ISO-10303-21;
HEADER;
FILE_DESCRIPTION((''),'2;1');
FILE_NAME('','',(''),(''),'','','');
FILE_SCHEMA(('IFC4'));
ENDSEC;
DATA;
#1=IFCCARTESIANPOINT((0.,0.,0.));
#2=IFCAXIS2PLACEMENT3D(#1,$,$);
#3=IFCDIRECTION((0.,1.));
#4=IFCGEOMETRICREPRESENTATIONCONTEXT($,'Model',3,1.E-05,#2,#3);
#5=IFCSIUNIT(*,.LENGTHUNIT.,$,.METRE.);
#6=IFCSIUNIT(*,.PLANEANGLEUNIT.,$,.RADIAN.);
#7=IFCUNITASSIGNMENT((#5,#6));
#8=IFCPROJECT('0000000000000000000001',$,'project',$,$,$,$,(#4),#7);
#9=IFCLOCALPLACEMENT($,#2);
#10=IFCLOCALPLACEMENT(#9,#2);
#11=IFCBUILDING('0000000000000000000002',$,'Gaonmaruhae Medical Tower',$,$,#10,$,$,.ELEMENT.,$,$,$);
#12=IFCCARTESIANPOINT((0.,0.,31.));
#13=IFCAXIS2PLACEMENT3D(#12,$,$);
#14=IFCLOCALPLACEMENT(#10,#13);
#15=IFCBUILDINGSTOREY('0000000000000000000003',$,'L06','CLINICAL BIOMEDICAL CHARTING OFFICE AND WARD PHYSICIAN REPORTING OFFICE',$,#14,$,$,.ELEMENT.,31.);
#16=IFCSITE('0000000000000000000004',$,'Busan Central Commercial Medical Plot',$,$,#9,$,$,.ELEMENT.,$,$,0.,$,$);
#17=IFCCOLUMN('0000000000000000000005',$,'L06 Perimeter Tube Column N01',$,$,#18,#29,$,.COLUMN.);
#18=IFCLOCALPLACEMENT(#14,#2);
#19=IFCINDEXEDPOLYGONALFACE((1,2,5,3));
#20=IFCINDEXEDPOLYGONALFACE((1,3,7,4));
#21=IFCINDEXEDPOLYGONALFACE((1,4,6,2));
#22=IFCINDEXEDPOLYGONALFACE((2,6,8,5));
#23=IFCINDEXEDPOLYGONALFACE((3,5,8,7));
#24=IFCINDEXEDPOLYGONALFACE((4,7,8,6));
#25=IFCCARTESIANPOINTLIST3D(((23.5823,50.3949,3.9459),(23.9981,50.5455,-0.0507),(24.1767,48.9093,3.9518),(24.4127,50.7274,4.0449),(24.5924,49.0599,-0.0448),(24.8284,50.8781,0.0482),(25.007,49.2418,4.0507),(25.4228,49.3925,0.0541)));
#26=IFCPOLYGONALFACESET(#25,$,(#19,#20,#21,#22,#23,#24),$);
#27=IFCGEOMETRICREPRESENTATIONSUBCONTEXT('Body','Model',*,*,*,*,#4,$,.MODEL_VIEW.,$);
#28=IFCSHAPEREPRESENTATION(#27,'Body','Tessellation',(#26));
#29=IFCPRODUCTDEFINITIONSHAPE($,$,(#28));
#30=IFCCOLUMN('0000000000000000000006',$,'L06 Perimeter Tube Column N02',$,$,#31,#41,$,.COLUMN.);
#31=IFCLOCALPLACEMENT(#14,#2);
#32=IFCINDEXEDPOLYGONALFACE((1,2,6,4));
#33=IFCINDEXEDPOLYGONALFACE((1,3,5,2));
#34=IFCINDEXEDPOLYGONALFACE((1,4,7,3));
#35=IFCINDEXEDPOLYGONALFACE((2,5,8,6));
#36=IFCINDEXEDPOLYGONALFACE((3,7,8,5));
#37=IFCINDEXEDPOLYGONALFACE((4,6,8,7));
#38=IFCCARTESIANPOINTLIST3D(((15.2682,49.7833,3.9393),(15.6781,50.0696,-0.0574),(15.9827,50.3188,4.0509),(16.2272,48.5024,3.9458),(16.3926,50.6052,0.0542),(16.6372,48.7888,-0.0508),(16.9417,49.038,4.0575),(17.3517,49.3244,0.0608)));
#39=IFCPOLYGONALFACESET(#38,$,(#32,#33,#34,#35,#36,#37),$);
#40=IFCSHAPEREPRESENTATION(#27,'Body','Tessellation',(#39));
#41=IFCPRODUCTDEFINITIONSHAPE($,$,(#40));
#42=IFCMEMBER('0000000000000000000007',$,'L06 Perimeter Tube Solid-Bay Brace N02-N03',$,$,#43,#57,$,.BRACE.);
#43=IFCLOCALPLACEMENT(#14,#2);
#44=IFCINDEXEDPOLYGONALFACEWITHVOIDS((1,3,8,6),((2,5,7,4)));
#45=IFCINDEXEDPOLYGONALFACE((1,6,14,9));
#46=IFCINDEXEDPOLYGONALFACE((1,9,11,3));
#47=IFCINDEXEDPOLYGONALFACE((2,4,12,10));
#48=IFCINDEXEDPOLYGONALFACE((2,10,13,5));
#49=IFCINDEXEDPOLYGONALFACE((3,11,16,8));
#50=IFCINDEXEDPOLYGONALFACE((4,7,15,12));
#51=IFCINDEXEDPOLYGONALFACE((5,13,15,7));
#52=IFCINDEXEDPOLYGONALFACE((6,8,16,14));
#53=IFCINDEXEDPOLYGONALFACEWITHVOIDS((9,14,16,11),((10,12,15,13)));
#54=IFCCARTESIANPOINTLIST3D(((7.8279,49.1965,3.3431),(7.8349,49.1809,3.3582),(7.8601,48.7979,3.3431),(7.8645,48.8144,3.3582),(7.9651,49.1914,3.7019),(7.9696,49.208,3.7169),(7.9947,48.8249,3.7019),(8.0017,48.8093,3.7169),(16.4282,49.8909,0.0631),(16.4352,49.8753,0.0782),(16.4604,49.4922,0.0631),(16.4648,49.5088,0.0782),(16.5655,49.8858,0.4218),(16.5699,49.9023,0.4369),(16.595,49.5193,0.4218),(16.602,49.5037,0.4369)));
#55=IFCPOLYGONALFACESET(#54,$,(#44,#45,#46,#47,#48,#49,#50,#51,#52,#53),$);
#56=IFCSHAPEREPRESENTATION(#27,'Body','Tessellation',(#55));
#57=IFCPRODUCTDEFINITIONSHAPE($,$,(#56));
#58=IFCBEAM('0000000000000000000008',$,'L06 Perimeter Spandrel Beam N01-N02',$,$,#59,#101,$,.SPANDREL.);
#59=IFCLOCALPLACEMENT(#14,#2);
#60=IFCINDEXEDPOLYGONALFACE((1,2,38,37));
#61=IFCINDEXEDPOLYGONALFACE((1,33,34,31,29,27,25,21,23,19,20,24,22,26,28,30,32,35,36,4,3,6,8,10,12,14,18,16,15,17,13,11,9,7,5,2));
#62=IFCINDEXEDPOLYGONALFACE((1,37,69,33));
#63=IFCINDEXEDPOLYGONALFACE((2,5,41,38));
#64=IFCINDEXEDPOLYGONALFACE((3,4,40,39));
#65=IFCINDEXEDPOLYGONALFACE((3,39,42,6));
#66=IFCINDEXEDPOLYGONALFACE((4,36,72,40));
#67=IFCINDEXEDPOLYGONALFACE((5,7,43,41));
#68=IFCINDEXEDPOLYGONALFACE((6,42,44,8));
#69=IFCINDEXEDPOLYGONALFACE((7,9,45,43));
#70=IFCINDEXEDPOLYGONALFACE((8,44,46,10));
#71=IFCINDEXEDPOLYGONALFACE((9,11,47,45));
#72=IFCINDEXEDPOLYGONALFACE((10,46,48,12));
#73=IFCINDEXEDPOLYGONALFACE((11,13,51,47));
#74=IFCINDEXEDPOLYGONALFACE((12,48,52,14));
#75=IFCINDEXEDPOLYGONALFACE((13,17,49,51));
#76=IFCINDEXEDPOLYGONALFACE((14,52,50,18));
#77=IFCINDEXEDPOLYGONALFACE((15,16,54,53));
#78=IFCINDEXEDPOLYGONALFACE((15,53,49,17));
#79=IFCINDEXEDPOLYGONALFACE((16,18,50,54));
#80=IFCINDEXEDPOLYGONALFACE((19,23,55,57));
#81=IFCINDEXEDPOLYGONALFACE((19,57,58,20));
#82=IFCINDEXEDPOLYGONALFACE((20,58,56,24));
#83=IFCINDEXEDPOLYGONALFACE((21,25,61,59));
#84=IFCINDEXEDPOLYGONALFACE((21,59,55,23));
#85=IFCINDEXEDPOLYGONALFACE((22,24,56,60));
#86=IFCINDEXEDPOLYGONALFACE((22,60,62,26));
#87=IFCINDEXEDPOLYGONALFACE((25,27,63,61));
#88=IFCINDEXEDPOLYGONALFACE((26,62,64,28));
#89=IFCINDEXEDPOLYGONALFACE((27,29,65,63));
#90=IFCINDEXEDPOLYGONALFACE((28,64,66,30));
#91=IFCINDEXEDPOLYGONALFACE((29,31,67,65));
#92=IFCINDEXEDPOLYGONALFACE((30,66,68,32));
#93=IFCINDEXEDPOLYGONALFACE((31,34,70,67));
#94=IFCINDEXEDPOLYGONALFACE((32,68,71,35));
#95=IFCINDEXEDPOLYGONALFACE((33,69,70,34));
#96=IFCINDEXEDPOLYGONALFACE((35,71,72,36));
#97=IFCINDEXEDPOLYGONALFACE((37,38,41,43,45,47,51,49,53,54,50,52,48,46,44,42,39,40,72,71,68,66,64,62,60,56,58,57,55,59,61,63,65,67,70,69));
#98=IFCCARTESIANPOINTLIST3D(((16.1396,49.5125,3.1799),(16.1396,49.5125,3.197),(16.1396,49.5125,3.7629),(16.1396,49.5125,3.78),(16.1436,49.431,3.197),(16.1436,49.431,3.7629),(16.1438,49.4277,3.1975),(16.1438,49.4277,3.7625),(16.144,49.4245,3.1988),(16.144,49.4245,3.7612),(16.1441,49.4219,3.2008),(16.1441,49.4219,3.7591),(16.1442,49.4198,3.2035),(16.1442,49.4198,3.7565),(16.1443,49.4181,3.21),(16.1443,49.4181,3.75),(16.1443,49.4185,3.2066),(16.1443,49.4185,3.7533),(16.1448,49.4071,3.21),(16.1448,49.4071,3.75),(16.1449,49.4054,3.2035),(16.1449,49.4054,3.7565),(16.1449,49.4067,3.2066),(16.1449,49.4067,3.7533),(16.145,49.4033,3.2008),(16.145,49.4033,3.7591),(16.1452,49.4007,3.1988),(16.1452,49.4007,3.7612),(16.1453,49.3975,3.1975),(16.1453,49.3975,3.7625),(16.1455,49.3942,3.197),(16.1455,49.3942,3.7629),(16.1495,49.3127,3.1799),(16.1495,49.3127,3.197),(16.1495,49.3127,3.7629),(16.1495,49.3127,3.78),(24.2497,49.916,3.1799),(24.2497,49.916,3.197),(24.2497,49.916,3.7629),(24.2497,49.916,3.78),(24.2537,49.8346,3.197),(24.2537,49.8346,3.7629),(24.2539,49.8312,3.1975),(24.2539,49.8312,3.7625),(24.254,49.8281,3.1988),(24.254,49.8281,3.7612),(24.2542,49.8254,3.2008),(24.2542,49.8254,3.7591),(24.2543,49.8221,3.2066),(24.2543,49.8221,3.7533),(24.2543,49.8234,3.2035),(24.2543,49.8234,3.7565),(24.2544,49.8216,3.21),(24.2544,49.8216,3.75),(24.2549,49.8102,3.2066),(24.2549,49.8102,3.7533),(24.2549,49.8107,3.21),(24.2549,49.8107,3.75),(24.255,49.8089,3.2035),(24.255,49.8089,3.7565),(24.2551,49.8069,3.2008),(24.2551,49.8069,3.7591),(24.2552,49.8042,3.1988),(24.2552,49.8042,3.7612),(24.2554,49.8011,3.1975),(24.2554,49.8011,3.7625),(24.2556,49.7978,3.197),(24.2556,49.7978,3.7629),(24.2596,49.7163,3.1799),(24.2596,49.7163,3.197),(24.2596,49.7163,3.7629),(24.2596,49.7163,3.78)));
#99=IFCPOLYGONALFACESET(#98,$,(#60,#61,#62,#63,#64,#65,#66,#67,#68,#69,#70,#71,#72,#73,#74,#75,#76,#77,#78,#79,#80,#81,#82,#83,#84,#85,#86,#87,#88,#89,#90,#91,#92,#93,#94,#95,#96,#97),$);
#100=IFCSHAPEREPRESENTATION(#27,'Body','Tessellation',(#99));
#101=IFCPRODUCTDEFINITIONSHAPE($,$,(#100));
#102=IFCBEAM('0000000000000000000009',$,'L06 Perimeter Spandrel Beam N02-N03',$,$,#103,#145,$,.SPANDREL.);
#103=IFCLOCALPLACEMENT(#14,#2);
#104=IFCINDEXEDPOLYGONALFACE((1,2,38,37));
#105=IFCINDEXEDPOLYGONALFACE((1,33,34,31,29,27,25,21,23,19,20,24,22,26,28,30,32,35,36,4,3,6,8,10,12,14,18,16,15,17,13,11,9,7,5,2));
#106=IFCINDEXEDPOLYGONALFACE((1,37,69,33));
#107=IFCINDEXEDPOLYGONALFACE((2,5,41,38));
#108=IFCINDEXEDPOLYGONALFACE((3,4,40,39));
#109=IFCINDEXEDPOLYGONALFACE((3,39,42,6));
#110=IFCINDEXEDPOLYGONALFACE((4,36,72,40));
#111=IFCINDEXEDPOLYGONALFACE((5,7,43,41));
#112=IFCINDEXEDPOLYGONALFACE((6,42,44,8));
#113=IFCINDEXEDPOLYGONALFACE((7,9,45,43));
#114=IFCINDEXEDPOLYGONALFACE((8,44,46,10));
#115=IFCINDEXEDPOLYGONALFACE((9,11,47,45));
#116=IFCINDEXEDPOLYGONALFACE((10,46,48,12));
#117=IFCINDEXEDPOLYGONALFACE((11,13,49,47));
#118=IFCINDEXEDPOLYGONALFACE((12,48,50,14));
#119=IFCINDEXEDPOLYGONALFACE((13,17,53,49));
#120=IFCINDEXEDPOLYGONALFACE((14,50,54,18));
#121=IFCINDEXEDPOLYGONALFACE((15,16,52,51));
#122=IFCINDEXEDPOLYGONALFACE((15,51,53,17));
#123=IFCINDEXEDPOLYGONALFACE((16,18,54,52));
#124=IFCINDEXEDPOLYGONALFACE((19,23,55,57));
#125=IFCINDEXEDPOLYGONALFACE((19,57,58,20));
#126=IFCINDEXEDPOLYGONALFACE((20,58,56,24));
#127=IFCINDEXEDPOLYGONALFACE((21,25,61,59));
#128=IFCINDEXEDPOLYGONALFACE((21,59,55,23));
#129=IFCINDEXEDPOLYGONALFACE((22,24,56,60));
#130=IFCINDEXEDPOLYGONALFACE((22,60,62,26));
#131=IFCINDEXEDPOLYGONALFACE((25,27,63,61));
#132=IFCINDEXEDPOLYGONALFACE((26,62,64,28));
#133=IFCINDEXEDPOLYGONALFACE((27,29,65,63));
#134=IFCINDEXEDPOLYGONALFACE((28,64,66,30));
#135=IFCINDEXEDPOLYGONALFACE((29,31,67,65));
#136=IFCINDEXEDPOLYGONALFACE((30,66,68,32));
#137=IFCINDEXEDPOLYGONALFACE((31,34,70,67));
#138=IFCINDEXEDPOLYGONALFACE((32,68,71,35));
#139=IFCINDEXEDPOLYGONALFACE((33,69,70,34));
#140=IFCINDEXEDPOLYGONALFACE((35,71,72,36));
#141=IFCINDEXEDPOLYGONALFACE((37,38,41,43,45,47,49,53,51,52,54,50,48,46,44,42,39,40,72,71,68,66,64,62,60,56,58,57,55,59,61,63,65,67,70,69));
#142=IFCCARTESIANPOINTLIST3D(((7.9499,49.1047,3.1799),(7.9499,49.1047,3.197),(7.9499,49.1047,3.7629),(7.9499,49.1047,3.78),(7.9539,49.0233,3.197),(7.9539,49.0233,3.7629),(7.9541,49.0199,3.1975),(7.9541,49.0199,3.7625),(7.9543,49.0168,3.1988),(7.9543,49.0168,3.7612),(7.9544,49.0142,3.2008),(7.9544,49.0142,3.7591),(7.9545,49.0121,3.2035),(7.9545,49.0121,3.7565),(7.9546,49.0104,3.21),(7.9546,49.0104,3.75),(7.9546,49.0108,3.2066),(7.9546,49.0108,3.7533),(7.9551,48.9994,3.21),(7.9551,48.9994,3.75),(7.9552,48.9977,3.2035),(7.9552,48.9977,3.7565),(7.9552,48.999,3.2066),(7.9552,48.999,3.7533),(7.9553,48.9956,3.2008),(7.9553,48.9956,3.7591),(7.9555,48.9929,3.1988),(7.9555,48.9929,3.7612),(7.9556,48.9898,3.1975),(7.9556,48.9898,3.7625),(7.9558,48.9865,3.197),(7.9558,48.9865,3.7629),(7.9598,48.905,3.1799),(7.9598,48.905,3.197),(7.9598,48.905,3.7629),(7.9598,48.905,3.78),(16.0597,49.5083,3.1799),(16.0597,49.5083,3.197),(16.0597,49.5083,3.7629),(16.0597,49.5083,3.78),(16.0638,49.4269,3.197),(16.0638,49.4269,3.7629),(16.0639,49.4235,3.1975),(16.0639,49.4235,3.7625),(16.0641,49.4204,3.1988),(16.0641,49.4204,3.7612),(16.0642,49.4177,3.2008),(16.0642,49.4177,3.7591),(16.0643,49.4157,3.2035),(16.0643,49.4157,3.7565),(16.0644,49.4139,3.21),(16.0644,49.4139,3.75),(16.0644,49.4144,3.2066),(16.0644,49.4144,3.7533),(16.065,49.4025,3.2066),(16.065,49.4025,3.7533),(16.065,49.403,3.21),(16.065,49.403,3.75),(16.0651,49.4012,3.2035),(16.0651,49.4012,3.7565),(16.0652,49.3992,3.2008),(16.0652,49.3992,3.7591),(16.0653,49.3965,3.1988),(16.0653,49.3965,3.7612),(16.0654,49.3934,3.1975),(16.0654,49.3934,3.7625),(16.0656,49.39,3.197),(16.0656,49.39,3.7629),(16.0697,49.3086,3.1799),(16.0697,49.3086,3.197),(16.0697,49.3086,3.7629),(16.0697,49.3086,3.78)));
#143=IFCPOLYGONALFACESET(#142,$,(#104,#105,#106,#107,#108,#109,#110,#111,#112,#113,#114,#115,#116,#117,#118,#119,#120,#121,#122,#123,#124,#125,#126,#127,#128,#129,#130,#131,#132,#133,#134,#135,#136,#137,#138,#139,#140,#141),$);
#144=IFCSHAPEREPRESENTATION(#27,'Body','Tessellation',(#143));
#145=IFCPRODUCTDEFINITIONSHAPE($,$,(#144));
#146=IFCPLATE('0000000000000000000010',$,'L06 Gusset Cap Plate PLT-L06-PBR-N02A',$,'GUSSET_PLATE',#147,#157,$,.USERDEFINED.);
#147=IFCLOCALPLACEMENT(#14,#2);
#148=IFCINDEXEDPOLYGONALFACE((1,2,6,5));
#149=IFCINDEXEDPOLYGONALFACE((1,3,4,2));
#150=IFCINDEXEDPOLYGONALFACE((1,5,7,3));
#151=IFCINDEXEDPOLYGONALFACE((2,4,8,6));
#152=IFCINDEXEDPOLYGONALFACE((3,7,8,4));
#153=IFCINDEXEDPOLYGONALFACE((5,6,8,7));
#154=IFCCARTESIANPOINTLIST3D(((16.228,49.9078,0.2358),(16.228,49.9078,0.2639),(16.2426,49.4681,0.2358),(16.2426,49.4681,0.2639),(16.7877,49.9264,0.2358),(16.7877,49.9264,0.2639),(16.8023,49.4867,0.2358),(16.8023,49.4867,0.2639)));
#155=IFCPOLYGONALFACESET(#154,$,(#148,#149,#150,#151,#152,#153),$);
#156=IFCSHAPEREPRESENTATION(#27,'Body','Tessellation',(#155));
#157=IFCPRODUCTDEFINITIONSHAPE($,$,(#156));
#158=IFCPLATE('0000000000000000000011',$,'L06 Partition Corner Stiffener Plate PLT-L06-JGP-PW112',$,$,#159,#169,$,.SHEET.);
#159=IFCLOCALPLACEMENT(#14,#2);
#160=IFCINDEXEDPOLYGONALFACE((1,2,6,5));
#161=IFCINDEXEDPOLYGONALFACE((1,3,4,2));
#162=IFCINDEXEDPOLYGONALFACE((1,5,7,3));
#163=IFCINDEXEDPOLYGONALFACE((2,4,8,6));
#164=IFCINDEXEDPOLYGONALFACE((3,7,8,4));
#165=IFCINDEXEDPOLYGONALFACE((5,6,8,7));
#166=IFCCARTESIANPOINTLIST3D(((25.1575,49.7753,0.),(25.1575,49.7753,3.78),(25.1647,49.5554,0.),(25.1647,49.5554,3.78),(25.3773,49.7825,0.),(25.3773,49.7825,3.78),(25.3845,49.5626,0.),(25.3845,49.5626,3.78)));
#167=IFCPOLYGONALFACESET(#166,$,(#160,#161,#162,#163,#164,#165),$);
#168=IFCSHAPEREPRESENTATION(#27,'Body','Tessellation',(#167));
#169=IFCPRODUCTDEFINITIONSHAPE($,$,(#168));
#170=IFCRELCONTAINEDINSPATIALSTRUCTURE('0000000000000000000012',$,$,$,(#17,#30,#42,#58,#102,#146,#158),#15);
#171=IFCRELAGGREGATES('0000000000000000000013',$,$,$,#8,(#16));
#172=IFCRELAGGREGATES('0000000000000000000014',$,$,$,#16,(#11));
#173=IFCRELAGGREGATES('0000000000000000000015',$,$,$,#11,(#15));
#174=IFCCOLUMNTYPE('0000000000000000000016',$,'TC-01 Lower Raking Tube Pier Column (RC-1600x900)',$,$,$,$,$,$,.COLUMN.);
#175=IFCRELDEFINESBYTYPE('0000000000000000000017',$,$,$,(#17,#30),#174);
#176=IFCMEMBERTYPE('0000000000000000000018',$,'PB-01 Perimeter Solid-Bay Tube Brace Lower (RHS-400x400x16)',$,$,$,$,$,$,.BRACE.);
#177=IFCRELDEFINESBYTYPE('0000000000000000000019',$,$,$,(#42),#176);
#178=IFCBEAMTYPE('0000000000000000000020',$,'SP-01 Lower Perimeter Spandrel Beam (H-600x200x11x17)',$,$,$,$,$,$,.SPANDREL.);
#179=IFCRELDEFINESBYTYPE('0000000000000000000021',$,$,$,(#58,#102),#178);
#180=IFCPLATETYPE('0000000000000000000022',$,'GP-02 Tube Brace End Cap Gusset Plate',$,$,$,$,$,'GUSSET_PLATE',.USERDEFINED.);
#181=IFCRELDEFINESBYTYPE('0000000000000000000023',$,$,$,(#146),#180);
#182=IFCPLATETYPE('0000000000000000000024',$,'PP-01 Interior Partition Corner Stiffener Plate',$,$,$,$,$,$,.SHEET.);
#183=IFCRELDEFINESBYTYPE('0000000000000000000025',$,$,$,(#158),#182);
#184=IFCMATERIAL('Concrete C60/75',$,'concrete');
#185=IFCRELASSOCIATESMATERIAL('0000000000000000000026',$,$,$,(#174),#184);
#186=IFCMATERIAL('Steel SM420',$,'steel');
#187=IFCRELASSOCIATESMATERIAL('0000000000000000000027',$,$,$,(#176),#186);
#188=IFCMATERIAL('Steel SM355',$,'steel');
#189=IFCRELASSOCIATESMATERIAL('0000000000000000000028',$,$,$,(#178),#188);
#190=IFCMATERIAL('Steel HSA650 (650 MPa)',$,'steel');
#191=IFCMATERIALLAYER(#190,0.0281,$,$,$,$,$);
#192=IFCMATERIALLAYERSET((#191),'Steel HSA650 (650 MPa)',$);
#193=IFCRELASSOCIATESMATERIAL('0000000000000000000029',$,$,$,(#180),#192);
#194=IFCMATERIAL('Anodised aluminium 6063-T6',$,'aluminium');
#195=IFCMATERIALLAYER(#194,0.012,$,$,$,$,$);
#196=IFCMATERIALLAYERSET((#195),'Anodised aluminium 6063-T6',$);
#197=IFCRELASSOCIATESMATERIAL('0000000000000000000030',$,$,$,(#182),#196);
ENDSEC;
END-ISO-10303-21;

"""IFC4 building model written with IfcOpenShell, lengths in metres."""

from ifc_helpers import new_model, si_unit, direction, frame, origin, origin_2d, place, context, subcontext, project, spatial, rectangle, hollow_rectangle, i_section, extrude, material, layer, layer_set, material_profile, profile_set, type_object, element, save


model = new_model("IFC4")

# Units and contexts
model_context = context("Model", 3, precision=1e-05, world=origin(), true_north=direction((0.0, 1.0)))
body_context = subcontext(model_context, "Body", "Model", "MODEL_VIEW")
ifc_project = project(units=[si_unit("LENGTHUNIT", "METRE"), si_unit("PLANEANGLEUNIT", "RADIAN")], contexts=[model_context])

# Site, building, storey
site_placement = place(None, origin())
site = spatial("IfcSite", under=ifc_project, at=site_placement, Name="Busan Central Commercial Medical Plot", CompositionType="ELEMENT", RefElevation=0.0)
building_placement = place(site_placement, origin())
building = spatial("IfcBuilding", under=site, at=building_placement, Name="Gaonmaruhae Medical Tower", CompositionType="ELEMENT")
storey_placement = place(building_placement, frame((0.0, 0.0, 31.0)))
storey = spatial("IfcBuildingStorey", under=building, at=storey_placement, Name="L06", Description="CLINICAL BIOMEDICAL CHARTING OFFICE AND WARD PHYSICIAN REPORTING OFFICE", CompositionType="ELEMENT", Elevation=31.0)

# Columns
ifc_material_1 = material(Name="Concrete C60/75", Category="concrete")
ifc_material_profile_1 = material_profile(ifc_material_1, rectangle(XDim=1.6001, YDim=0.8999, at=origin_2d()), Name="RC-1600x900")
ifc_profile_set_1 = profile_set([ifc_material_profile_1], Name="Concrete C60/75")
column_type = type_object("IfcColumnType", Name="TC-01 Lower Raking Tube Pier Column (RC-1600x900)", PredefinedType="COLUMN", material=ifc_profile_set_1)
column_1_placement = place(storey_placement, frame((24.7104, 49.969, 0.0017), z_axis=(-0.103401, -0.037462, 0.993934), x_axis=(0.371431, -0.928454, 0.003646)))
element("IfcColumn", 1, at=column_1_placement, inside=storey, type_object=column_type, Name="L06 Perimeter Tube Column N01", PredefinedType="COLUMN", context=body_context, shape_type="SweptSolid", body=[
    extrude(rectangle(XDim=1.6001, YDim=0.8999, at=origin_2d()), origin(), (0.0, 0.0, 1.0), 4.021),
])
column_2_placement = place(storey_placement, frame((16.5149, 49.697, 0.0017), z_axis=(-0.101772, -0.071101, 0.992264), x_axis=(0.599363, -0.800467, 0.004116)))
element("IfcColumn", 2, at=column_2_placement, inside=storey, type_object=column_type, Name="L06 Perimeter Tube Column N02", PredefinedType="COLUMN", context=body_context, shape_type="SweptSolid", body=[
    extrude(rectangle(XDim=1.6001, YDim=0.8999, at=origin_2d()), origin(), (0.0, 0.0, 1.0), 4.0278),
])

# Member
ifc_material_2 = material(Name="Steel SM420", Category="steel")
ifc_material_profile_2 = material_profile(ifc_material_2, hollow_rectangle(XDim=0.3999, YDim=0.3999, WallThickness=0.0161, at=origin_2d()), Name="RHS-400x400x16")
ifc_profile_set_2 = profile_set([ifc_material_profile_2], Name="Steel SM420")
member_type = type_object("IfcMemberType", Name="PB-01 Perimeter Solid-Bay Tube Brace Lower (RHS-400x400x16)", PredefinedType="BRACE", material=ifc_profile_set_2)
member_placement = place(storey_placement, frame((16.5151, 49.6973, 0.25), z_axis=(-0.931707, -0.07522, 0.355338), x_axis=(0.080472, -0.996757, 0.0)))
element("IfcMember", 3, at=member_placement, inside=storey, type_object=member_type, Name="L06 Perimeter Tube Solid-Bay Brace N02-N03", PredefinedType="BRACE", context=body_context, shape_type="SweptSolid", body=[
    extrude(hollow_rectangle(XDim=0.3999, YDim=0.3999, WallThickness=0.0161, at=origin_2d()), origin(), (0.0, 0.0, 1.0), 9.2307),
])

# Beams
ifc_material_3 = material(Name="Steel SM355", Category="steel")
ifc_material_profile_3 = material_profile(ifc_material_3, i_section(OverallWidth=0.2, OverallDepth=0.6001, WebThickness=0.011, FlangeThickness=0.0171, FilletRadius=0.0129, at=origin_2d()), Name="H-600x200x11x17")
ifc_profile_set_3 = profile_set([ifc_material_profile_3], Name="Steel SM355")
beam_type = type_object("IfcBeamType", Name="SP-01 Lower Perimeter Spandrel Beam (H-600x200x11x17)", PredefinedType="SPANDREL", material=ifc_profile_set_3)
beam_1_placement = place(storey_placement, frame((24.2546, 49.8162, 3.48), z_axis=(-0.998764, -0.049699, 0.0), x_axis=(0.049699, -0.998764, 0.0)))
element("IfcBeam", 4, at=beam_1_placement, inside=storey, type_object=beam_type, Name="L06 Perimeter Spandrel Beam N01-N02", PredefinedType="SPANDREL", context=body_context, shape_type="SweptSolid", body=[
    extrude(i_section(OverallWidth=0.2, OverallDepth=0.6001, WebThickness=0.011, FlangeThickness=0.0171, FilletRadius=0.0129, at=origin_2d()), origin(), (0.0, 0.0, 1.0), 8.1201),
])
beam_2_placement = place(storey_placement, frame((16.0647, 49.4084, 3.48), z_axis=(-0.998764, -0.049701, 0.0), x_axis=(0.049701, -0.998764, 0.0)))
element("IfcBeam", 5, at=beam_2_placement, inside=storey, type_object=beam_type, Name="L06 Perimeter Spandrel Beam N02-N03", PredefinedType="SPANDREL", context=body_context, shape_type="SweptSolid", body=[
    extrude(i_section(OverallWidth=0.2, OverallDepth=0.6001, WebThickness=0.011, FlangeThickness=0.0171, FilletRadius=0.0129, at=origin_2d()), origin(), (0.0, 0.0, 1.0), 8.1199),
])

# Plates
ifc_material_4 = material(Name="Steel HSA650 (650 MPa)", Category="steel")
ifc_layer_1 = layer(ifc_material_4, 0.0281)
ifc_layer_set_1 = layer_set([ifc_layer_1], Name="Steel HSA650 (650 MPa)")
plate_type_1 = type_object("IfcPlateType", Name="GP-02 Tube Brace End Cap Gusset Plate", ElementType="GUSSET_PLATE", PredefinedType="USERDEFINED", material=ifc_layer_set_1)
plate_1_placement = place(storey_placement, frame((16.5151, 49.6973, 0.2358), z_axis=(0.0, 0.0, 1.0), x_axis=(0.99945, 0.033155, 0.0)))
element("IfcPlate", 6, at=plate_1_placement, inside=storey, type_object=plate_type_1, Name="L06 Gusset Cap Plate PLT-L06-PBR-N02A", ObjectType="GUSSET_PLATE", PredefinedType="USERDEFINED", context=body_context, shape_type="SweptSolid", body=[
    extrude(rectangle(XDim=0.5601, YDim=0.4399, at=origin_2d()), origin(), (0.0, 0.0, 1.0), 0.0281),
])
ifc_material_5 = material(Name="Anodised aluminium 6063-T6", Category="aluminium")
ifc_layer_2 = layer(ifc_material_5, 0.012)
ifc_layer_set_2 = layer_set([ifc_layer_2], Name="Anodised aluminium 6063-T6")
plate_type_2 = type_object("IfcPlateType", Name="PP-01 Interior Partition Corner Stiffener Plate", PredefinedType="SHEET", material=ifc_layer_set_2)
plate_2_placement = place(storey_placement, frame((25.271, 49.6689, 0.0), z_axis=(0.0, 0.0, 1.0), x_axis=(0.032737, -0.999464, 0.0)))
element("IfcPlate", 7, at=plate_2_placement, inside=storey, type_object=plate_type_2, Name="L06 Partition Corner Stiffener Plate PLT-L06-JGP-PW112", PredefinedType="SHEET", context=body_context, shape_type="SweptSolid", body=[
    extrude(rectangle(XDim=0.22, YDim=0.22, at=origin_2d()), origin(), (0.0, 0.0, 1.0), 3.78),
])

save(model, "model.ifc")
